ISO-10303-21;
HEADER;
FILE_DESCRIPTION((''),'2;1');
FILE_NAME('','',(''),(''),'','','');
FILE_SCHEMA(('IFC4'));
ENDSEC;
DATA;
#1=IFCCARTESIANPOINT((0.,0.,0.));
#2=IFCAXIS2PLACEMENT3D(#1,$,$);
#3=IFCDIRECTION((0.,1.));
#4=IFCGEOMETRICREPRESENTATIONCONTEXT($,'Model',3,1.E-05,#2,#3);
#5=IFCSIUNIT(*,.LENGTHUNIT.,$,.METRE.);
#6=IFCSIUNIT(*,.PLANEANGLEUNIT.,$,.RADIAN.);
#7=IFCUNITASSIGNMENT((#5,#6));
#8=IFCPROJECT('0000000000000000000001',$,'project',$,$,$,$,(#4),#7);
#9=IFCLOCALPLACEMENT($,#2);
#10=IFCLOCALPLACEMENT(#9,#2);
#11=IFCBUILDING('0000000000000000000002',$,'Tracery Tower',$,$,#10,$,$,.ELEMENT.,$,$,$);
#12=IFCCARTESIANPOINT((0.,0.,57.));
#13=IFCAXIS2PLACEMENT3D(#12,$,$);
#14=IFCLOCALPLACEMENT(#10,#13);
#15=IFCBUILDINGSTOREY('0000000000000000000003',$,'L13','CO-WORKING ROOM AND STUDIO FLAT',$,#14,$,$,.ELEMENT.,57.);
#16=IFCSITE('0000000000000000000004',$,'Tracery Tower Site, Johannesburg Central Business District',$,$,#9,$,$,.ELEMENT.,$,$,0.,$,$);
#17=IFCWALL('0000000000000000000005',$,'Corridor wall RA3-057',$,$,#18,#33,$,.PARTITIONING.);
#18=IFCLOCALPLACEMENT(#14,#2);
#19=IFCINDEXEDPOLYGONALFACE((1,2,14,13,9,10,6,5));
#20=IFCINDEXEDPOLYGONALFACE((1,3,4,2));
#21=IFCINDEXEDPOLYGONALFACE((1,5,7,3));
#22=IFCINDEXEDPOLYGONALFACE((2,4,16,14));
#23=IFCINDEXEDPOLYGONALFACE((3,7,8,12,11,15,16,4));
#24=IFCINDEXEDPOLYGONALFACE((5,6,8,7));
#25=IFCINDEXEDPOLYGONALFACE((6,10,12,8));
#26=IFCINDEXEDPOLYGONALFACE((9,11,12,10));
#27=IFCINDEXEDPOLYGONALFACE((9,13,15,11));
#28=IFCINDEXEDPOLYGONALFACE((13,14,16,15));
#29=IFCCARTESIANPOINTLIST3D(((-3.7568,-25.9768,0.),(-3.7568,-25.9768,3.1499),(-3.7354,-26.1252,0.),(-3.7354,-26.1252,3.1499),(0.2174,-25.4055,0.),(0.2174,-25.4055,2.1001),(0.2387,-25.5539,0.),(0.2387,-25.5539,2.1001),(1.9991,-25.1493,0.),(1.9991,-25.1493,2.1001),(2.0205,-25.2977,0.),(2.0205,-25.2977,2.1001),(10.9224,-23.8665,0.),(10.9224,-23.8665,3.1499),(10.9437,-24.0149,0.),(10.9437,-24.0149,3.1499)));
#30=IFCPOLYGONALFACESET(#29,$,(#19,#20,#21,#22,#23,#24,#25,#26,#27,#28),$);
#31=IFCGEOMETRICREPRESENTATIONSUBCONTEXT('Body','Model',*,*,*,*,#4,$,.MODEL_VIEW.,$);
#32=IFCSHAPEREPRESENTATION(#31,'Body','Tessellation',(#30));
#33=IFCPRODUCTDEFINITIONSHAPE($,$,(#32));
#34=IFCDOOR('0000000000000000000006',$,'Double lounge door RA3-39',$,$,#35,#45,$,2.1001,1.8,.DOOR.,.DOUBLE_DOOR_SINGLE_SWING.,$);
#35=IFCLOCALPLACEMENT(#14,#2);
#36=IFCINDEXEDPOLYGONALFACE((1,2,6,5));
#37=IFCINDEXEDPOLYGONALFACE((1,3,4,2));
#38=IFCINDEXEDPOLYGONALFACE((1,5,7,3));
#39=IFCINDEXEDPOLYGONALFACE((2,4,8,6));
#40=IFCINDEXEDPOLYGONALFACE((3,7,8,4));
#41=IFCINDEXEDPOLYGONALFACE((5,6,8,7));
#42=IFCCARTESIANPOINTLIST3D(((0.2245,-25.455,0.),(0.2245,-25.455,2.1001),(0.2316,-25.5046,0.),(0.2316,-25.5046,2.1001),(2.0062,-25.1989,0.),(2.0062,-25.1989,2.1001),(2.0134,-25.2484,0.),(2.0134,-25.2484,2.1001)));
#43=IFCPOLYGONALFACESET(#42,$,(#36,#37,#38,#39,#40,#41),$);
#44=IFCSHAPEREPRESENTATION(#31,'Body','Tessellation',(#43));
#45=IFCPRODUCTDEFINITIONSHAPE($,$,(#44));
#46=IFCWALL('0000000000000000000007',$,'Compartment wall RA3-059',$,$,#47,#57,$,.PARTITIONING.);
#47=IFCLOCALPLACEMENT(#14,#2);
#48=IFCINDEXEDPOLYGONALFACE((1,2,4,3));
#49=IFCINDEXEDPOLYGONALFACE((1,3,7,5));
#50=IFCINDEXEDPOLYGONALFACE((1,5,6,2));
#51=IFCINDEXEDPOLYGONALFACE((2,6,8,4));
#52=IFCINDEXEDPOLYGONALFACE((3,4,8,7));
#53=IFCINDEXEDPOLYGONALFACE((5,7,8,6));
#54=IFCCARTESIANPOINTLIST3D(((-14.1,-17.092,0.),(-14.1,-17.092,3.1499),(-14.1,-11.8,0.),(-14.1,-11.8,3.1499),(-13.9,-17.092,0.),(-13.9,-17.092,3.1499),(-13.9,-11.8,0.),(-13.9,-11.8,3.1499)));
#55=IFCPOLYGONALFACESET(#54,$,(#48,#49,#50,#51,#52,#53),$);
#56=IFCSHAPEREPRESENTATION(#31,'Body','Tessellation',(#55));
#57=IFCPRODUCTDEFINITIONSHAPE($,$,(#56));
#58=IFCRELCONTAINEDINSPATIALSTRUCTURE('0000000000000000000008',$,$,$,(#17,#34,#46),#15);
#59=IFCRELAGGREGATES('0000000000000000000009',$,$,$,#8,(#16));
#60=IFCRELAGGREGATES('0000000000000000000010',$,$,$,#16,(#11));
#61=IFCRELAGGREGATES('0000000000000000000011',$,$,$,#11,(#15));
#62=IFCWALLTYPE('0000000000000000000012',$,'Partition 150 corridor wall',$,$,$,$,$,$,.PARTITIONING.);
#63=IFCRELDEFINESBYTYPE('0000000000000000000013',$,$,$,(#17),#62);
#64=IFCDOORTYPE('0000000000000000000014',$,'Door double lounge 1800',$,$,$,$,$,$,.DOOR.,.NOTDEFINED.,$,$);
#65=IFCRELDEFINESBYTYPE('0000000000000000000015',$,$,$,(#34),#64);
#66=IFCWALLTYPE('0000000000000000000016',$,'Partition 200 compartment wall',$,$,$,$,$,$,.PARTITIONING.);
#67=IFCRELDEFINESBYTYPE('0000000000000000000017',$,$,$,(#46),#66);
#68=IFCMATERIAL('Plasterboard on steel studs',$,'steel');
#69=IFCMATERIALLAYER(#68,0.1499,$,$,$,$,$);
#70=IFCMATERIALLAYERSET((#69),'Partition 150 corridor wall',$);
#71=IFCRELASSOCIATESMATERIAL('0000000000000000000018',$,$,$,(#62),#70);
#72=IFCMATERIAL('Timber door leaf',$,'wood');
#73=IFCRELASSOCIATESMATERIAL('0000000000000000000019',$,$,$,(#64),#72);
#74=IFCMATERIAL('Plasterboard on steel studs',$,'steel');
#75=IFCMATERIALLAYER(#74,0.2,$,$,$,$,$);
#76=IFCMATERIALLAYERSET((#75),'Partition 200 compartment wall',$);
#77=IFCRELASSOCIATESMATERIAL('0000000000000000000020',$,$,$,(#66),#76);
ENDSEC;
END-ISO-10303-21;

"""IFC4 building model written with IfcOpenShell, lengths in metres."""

from ifc_helpers import new_model, si_unit, direction, frame, frame_2d, origin, place, context, subcontext, project, spatial, rectangle, extrude, material, layer, layer_set, type_object, element, fill, save


model = new_model("IFC4")

# Units and contexts
model_context = context("Model", 3, precision=1e-05, world=origin(), true_north=direction((0.0, 1.0)))
body_context = subcontext(model_context, "Body", "Model", "MODEL_VIEW")
ifc_project = project(units=[si_unit("LENGTHUNIT", "METRE"), si_unit("PLANEANGLEUNIT", "RADIAN")], contexts=[model_context])

# Site, building, storey
site_placement = place(None, origin())
site = spatial("IfcSite", under=ifc_project, at=site_placement, Name="Tracery Tower Site, Johannesburg Central Business District", CompositionType="ELEMENT", RefElevation=0.0)
building_placement = place(site_placement, origin())
building = spatial("IfcBuilding", under=site, at=building_placement, Name="Tracery Tower", CompositionType="ELEMENT")
storey_placement = place(building_placement, frame((0.0, 0.0, 57.0)))
storey = spatial("IfcBuildingStorey", under=building, at=storey_placement, Name="L13", Description="CO-WORKING ROOM AND STUDIO FLAT", CompositionType="ELEMENT", Elevation=57.0)

# Shared definitions
ifc_material_1 = material(Name="Plasterboard on steel studs", Category="steel")
ifc_layer_1 = layer(ifc_material_1, 0.1499)
ifc_layer_set_1 = layer_set([ifc_layer_1], Name="Partition 150 corridor wall")
wall_type_1 = type_object("IfcWallType", Name="Partition 150 corridor wall", PredefinedType="PARTITIONING", material=ifc_layer_set_1)

# Wall, opening, door
wall_1_placement = place(storey_placement, frame((-3.7461, -26.051, 0.0), z_axis=(0.0, 0.0, 1.0), x_axis=(0.989823, 0.142302, 0.0)))
wall_1 = element("IfcWall", 1, at=wall_1_placement, inside=storey, type_object=wall_type_1, Name="Corridor wall RA3-057", PredefinedType="PARTITIONING", context=body_context, shape_type="SweptSolid", body=[
    extrude(rectangle(XDim=14.8301, YDim=0.1499, at=frame_2d((7.415, 0.0))), origin(), (0.0, 0.0, 1.0), 3.1499),
])
opening_1_placement = place(wall_1_placement, frame((4.0151, 0.0, 0.0)))
opening_1 = element("IfcOpeningElement", 2, at=opening_1_placement, cuts=wall_1, PredefinedType="OPENING", context=body_context, shape_type="SweptSolid", body=[
    extrude(rectangle(XDim=1.8, YDim=2.1001, at=frame_2d((0.8999, 1.05))), frame((0.0, 0.075, 0.0), z_axis=(0.0, -1.0, 0.0), x_axis=(1.0, 0.0, 0.0)), (0.0, 0.0, 1.0), 0.1499),
])
ifc_material_2 = material(Name="Timber door leaf", Category="wood")
door_type = type_object("IfcDoorType", Name="Door double lounge 1800", OperationType="NOTDEFINED", PredefinedType="DOOR", material=ifc_material_2)
door_placement = place(opening_1_placement, origin())
door = element("IfcDoor", 3, at=door_placement, inside=storey, type_object=door_type, Name="Double lounge door RA3-39", OperationType="DOUBLE_DOOR_SINGLE_SWING", OverallHeight=2.1001, OverallWidth=1.8, PredefinedType="DOOR", context=body_context, shape_type="SweptSolid", body=[
    extrude(rectangle(XDim=1.8, YDim=2.1001, at=frame_2d((0.8999, 1.05))), frame((0.0, 0.0249, 0.0), z_axis=(0.0, -1.0, 0.0), x_axis=(1.0, 0.0, 0.0)), (0.0, 0.0, 1.0), 0.05),
])
fill(opening_1, door)

# Wall
ifc_material_3 = material(Name="Plasterboard on steel studs", Category="steel")
ifc_layer_2 = layer(ifc_material_3, 0.2)
ifc_layer_set_2 = layer_set([ifc_layer_2], Name="Partition 200 compartment wall")
wall_type_2 = type_object("IfcWallType", Name="Partition 200 compartment wall", PredefinedType="PARTITIONING", material=ifc_layer_set_2)
wall_2_placement = place(storey_placement, frame((-14.0, -17.092, 0.0), z_axis=(0.0, 0.0, 1.0), x_axis=(0.0, 1.0, 0.0)))
element("IfcWall", 4, at=wall_2_placement, inside=storey, type_object=wall_type_2, Name="Compartment wall RA3-059", PredefinedType="PARTITIONING", context=body_context, shape_type="SweptSolid", body=[
    extrude(rectangle(XDim=5.292, YDim=0.2, at=frame_2d((2.646, 0.0))), origin(), (0.0, 0.0, 1.0), 3.1499),
])

save(model, "model.ifc")
